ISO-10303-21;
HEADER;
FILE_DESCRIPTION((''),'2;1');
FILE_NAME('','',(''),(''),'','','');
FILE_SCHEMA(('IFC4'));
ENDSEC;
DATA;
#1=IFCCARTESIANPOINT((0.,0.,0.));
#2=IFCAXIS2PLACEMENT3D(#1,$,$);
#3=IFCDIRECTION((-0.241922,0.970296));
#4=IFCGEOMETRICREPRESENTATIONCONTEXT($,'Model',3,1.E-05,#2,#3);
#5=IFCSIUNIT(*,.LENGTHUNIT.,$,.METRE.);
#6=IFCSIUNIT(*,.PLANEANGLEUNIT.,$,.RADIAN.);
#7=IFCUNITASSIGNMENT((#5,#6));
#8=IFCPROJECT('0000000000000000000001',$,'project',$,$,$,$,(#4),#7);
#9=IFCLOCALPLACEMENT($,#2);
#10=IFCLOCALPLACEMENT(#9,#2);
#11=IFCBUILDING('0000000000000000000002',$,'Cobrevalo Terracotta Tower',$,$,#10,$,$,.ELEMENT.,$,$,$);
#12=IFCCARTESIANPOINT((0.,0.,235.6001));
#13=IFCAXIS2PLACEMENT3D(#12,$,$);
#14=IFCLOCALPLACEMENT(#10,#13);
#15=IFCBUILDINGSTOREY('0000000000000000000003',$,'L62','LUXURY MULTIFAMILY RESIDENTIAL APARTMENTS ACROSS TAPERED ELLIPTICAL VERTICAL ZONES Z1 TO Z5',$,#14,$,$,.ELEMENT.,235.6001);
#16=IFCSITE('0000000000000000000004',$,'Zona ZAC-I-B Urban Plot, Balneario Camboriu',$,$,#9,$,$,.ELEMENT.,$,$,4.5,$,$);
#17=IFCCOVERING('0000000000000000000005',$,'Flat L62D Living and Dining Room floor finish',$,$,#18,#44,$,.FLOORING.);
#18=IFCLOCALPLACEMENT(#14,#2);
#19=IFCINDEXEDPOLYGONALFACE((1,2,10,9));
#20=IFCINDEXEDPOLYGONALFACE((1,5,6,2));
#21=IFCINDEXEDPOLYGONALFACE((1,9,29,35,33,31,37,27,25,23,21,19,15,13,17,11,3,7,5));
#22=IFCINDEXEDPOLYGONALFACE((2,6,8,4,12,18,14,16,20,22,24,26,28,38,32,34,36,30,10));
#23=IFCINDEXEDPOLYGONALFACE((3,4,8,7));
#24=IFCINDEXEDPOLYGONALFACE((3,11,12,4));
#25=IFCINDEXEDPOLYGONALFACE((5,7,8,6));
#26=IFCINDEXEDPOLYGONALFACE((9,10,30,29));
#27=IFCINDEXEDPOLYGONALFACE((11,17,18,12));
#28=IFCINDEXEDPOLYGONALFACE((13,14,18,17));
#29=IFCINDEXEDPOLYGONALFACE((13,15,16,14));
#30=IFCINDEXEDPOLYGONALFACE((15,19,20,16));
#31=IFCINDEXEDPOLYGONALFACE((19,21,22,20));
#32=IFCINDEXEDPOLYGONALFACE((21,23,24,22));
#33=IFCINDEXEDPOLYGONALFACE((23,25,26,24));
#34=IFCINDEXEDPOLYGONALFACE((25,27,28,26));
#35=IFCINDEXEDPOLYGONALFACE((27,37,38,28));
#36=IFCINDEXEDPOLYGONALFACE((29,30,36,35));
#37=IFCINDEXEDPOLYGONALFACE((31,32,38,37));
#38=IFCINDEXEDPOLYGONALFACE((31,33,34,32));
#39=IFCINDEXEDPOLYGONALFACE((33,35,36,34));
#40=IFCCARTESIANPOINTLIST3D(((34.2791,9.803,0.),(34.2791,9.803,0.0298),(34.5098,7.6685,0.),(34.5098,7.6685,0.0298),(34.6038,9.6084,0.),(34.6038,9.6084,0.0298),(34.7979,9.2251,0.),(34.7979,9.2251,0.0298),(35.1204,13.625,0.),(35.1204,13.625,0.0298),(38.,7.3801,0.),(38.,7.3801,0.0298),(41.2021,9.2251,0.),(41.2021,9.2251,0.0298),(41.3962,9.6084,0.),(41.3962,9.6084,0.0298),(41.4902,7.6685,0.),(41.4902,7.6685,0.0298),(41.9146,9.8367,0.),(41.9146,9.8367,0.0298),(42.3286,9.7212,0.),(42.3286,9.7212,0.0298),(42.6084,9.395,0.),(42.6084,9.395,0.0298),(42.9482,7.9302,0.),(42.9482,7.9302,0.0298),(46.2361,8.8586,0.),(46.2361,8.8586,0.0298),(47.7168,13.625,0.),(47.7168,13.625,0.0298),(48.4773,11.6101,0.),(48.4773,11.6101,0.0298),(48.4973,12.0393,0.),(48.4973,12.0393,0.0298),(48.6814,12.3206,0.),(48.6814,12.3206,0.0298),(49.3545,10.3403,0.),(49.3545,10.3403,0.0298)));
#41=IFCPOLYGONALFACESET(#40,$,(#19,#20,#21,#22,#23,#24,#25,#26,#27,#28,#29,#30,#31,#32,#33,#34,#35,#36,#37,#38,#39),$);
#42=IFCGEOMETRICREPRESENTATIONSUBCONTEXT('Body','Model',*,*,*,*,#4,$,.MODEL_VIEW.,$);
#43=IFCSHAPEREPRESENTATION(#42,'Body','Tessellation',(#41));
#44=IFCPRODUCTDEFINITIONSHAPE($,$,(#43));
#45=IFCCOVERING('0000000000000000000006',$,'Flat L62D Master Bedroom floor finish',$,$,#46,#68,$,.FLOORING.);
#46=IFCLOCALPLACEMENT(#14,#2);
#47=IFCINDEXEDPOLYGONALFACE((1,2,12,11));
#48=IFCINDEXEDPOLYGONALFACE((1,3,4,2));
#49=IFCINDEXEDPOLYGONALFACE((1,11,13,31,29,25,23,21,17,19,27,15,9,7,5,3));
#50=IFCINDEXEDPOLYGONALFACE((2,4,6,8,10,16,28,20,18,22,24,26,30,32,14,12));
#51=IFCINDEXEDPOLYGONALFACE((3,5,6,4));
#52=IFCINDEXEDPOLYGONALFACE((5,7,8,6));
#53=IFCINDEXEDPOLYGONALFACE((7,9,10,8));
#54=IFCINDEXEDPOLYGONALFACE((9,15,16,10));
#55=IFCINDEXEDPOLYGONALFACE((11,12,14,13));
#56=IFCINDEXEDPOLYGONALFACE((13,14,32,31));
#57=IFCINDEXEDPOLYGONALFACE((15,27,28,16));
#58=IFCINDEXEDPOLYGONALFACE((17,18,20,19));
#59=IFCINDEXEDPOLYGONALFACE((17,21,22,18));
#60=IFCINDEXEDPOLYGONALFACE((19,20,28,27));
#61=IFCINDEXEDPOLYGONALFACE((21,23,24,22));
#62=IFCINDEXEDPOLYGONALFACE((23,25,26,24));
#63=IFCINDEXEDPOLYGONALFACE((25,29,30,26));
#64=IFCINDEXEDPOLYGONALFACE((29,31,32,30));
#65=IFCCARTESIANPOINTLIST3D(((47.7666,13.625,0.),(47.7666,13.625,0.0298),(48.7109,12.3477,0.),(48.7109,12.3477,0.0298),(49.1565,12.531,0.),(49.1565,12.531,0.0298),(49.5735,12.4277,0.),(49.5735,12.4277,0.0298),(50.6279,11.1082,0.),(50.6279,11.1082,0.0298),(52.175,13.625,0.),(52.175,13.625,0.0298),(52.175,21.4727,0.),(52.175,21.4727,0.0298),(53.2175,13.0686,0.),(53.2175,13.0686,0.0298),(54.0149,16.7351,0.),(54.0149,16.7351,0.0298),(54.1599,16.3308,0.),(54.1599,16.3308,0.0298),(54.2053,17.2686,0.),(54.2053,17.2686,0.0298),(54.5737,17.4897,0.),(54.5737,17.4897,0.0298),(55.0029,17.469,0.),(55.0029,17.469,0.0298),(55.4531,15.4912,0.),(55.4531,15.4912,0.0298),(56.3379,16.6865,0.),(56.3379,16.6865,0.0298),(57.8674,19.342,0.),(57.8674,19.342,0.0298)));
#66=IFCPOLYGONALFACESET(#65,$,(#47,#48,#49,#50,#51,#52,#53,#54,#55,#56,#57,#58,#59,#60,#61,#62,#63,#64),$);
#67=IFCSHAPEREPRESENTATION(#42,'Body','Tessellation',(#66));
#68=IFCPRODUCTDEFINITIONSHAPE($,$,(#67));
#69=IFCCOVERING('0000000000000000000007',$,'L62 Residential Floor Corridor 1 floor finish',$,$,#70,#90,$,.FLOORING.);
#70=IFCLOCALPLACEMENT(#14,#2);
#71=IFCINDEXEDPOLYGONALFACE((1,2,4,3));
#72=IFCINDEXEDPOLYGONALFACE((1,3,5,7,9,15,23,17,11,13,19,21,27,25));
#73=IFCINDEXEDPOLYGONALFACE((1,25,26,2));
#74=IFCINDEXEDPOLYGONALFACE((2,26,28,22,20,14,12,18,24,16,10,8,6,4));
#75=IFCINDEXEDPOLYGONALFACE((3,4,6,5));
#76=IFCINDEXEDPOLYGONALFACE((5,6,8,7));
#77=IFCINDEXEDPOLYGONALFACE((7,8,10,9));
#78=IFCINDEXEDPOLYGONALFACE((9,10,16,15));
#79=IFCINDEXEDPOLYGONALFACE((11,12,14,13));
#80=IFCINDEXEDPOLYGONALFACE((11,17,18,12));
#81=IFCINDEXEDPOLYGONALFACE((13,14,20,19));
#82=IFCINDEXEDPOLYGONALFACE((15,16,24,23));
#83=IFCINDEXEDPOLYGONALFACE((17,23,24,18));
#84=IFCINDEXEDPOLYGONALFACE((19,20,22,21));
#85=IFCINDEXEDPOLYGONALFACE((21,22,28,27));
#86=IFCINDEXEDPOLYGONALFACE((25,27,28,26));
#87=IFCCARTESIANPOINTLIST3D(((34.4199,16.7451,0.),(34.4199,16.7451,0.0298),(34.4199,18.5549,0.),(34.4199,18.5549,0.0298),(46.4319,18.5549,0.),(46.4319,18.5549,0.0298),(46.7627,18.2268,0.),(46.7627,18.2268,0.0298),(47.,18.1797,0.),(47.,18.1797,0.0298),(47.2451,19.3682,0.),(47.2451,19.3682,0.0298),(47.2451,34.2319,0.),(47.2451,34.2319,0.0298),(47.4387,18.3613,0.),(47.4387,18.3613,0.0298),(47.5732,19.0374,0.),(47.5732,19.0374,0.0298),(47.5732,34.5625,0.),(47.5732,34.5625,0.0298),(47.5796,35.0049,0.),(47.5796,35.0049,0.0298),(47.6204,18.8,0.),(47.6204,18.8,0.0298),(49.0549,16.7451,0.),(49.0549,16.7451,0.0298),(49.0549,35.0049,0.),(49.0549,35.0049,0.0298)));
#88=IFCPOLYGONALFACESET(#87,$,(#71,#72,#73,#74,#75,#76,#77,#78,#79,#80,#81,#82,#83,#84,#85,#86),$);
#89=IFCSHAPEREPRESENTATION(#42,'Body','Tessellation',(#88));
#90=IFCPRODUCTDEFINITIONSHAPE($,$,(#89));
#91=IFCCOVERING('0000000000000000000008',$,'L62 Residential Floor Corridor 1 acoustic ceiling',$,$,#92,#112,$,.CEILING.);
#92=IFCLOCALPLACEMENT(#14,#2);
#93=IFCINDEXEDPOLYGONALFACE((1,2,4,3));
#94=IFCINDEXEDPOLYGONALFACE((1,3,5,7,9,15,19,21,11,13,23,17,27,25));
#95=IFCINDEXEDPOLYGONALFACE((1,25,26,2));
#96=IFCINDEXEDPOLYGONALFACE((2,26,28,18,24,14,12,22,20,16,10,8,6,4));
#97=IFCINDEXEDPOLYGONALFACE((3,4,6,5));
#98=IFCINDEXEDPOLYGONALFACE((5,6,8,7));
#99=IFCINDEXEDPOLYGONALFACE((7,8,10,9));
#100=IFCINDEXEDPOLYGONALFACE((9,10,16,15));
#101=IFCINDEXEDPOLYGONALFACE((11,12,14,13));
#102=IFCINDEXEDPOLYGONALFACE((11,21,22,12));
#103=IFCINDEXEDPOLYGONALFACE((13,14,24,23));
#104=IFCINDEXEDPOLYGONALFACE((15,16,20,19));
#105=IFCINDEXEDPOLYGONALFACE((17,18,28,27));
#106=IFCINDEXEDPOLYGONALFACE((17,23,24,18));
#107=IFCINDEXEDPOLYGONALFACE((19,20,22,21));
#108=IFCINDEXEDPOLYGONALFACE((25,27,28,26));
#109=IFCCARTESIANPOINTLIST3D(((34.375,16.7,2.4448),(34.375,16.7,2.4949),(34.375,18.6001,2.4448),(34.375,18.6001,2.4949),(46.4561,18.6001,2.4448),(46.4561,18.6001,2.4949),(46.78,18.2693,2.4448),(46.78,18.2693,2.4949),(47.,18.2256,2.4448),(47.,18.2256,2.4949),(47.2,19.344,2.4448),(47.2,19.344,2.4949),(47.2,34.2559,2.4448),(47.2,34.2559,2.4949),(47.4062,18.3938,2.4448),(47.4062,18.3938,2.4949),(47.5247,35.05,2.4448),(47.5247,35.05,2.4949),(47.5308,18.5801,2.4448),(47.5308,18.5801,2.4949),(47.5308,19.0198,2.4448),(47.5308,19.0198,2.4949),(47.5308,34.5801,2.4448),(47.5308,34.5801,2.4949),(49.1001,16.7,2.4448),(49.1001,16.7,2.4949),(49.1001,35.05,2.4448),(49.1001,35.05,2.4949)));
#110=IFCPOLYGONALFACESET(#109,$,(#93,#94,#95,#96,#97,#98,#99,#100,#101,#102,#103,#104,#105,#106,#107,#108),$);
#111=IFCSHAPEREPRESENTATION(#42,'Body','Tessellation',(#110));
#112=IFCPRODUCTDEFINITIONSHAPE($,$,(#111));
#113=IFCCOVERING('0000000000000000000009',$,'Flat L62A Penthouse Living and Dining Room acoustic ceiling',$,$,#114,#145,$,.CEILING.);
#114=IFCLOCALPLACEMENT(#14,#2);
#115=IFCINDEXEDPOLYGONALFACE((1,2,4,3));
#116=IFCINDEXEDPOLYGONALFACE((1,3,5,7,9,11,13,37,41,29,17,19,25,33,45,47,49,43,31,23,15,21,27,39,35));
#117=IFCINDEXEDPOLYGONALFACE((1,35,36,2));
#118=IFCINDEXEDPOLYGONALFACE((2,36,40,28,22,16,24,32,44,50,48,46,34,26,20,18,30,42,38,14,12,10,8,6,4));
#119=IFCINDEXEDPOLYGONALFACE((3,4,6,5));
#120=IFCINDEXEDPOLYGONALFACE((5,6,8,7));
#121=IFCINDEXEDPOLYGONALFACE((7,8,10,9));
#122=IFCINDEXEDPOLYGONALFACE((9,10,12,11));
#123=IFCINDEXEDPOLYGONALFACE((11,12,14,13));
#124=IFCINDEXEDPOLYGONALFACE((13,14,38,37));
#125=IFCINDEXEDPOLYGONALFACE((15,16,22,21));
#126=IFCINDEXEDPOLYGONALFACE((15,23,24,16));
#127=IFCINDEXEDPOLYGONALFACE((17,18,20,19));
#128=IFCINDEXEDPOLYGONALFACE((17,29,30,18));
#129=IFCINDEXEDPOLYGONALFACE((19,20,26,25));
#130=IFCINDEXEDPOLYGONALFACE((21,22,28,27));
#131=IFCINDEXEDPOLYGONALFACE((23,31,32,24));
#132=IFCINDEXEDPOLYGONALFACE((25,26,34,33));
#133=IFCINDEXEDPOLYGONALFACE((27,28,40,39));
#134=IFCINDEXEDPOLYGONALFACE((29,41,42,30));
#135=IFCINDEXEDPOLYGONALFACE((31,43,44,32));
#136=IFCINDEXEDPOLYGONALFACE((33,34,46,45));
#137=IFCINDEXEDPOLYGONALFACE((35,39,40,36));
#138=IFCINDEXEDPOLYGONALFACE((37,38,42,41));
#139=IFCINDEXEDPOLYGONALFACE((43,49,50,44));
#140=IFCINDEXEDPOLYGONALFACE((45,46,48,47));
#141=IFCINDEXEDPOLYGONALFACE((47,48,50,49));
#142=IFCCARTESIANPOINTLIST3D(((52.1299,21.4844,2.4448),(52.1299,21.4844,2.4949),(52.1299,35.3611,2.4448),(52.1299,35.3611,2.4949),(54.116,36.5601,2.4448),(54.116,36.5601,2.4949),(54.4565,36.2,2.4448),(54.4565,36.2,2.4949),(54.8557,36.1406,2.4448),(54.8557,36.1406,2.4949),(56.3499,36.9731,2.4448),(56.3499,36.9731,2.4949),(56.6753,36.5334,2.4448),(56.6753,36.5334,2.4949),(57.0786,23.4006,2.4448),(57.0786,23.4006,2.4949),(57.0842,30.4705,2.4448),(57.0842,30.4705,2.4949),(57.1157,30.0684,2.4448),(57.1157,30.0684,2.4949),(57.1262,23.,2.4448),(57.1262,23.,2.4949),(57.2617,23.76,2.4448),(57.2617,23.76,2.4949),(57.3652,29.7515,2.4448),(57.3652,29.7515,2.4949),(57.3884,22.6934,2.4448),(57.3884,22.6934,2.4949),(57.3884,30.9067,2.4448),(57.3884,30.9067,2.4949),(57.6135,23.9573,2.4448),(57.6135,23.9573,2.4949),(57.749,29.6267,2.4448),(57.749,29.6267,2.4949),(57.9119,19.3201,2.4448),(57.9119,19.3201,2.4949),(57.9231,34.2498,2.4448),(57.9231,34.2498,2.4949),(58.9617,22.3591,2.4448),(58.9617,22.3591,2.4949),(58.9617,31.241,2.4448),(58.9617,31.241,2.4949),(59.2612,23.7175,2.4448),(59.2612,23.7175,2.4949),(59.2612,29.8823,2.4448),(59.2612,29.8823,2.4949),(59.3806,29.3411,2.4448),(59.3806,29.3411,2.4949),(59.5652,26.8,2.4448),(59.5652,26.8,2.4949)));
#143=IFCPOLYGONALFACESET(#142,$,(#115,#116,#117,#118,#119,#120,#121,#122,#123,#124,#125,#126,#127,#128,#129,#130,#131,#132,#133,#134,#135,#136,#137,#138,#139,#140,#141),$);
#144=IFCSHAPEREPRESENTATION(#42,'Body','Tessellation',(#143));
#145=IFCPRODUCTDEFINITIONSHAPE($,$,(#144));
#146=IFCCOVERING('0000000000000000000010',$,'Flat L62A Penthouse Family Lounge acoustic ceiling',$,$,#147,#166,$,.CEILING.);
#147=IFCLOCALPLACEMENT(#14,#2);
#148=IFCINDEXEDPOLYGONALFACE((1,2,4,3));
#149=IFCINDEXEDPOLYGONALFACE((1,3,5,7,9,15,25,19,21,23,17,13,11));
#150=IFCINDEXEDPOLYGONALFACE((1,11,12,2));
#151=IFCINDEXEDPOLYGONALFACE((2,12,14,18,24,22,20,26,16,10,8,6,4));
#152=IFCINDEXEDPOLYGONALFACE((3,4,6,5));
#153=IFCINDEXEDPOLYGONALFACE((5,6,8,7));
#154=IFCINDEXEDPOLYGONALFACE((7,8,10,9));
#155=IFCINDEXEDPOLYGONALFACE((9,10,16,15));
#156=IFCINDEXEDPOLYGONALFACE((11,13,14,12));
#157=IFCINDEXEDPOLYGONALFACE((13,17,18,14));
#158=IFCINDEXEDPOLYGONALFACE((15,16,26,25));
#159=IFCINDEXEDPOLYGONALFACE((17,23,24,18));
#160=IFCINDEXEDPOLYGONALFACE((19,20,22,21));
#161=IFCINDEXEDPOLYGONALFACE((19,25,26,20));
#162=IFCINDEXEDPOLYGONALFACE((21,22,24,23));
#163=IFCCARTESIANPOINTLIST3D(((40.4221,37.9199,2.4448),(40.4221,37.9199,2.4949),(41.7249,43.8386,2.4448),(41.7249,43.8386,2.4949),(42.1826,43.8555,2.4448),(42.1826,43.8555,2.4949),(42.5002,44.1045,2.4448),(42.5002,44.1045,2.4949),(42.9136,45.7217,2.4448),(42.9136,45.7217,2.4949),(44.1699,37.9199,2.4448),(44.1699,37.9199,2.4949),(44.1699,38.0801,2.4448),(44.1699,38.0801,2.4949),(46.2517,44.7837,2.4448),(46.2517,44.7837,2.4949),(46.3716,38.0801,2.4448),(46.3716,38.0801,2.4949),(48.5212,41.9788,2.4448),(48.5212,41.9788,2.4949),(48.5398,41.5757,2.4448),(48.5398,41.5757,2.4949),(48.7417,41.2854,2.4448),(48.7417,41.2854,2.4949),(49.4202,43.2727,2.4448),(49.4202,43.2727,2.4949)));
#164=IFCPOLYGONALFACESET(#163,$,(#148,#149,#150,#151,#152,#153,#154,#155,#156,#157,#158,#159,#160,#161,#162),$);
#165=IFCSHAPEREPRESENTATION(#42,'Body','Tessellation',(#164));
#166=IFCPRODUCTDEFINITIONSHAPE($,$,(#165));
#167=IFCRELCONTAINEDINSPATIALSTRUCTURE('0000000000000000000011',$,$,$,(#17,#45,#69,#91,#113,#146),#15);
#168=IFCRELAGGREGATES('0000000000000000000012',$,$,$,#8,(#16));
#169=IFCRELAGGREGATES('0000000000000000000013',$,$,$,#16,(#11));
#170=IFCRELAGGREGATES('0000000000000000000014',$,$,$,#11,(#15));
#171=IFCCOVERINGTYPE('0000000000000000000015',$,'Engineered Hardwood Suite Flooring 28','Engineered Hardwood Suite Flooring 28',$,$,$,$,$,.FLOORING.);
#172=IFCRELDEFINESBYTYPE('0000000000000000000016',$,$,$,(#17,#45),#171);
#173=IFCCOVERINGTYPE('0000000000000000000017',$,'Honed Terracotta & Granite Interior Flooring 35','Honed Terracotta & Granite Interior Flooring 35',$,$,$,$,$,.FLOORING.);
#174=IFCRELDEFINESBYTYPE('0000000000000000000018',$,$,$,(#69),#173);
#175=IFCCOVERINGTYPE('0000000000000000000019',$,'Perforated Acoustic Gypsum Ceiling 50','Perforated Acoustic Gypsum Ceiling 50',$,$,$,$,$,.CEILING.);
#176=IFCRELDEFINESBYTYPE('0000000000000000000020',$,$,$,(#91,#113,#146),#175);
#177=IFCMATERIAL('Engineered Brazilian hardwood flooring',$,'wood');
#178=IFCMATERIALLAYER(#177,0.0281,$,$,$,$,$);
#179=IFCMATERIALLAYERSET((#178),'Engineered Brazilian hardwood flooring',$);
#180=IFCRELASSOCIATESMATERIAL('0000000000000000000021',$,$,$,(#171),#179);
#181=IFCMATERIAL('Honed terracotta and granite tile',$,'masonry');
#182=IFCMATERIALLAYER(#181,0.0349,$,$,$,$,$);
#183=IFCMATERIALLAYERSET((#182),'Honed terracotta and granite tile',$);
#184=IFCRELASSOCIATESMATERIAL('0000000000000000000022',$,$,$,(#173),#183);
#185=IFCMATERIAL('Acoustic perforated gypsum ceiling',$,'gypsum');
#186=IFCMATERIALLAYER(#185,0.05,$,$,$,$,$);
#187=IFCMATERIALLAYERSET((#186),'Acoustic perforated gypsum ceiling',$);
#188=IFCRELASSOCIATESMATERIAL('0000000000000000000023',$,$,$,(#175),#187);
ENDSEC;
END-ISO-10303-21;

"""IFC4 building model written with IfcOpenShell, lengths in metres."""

from ifc_helpers import new_model, si_unit, direction, frame, origin, place, context, subcontext, project, spatial, polyline, outline, extrude, material, layer, layer_set, type_object, element, save


model = new_model("IFC4")

# Units and contexts
model_context = context("Model", 3, precision=1e-05, world=origin(), true_north=direction((-0.241922, 0.970296)))
body_context = subcontext(model_context, "Body", "Model", "MODEL_VIEW")
ifc_project = project(units=[si_unit("LENGTHUNIT", "METRE"), si_unit("PLANEANGLEUNIT", "RADIAN")], contexts=[model_context])

# Site, building, storey
site_placement = place(None, origin())
site = spatial("IfcSite", under=ifc_project, at=site_placement, Name="Zona ZAC-I-B Urban Plot, Balneario Camboriu", CompositionType="ELEMENT", RefElevation=4.5)
building_placement = place(site_placement, origin())
building = spatial("IfcBuilding", under=site, at=building_placement, Name="Cobrevalo Terracotta Tower", CompositionType="ELEMENT")
storey_placement = place(building_placement, frame((0.0, 0.0, 235.6001)))
storey = spatial("IfcBuildingStorey", under=building, at=storey_placement, Name="L62", Description="LUXURY MULTIFAMILY RESIDENTIAL APARTMENTS ACROSS TAPERED ELLIPTICAL VERTICAL ZONES Z1 TO Z5", CompositionType="ELEMENT", Elevation=235.6001)

# Coverings
ifc_material_1 = material(Name="Engineered Brazilian hardwood flooring", Category="wood")
ifc_layer_1 = layer(ifc_material_1, 0.0281)
ifc_layer_set_1 = layer_set([ifc_layer_1], Name="Engineered Brazilian hardwood flooring")
covering_type_1 = type_object("IfcCoveringType", Name="Engineered Hardwood Suite Flooring 28", Description="Engineered Hardwood Suite Flooring 28", PredefinedType="FLOORING", material=ifc_layer_set_1)
covering_1_placement = place(storey_placement, origin())
element("IfcCovering", 1, at=covering_1_placement, inside=storey, type_object=covering_type_1, Name="Flat L62D Living and Dining Room floor finish", PredefinedType="FLOORING", context=body_context, shape_type="SweptSolid", body=[
    extrude(outline(polyline([(46.2361, 8.8586), (42.9482, 7.9302), (42.6084, 9.395), (42.3286, 9.7212), (41.9146, 9.8367), (41.3962, 9.6084), (41.2021, 9.2251), (41.4902, 7.6685), (38.0, 7.3801), (34.5098, 7.6685), (34.7979, 9.2251), (34.6038, 9.6084), (34.2791, 9.803), (35.1204, 13.625), (47.7168, 13.625), (48.6814, 12.3206), (48.4973, 12.0393), (48.4773, 11.6101), (49.3545, 10.3403), (46.2361, 8.8586)])), origin(), (0.0, 0.0, 1.0), 0.0298),
])
covering_2_placement = place(storey_placement, origin())
element("IfcCovering", 2, at=covering_2_placement, inside=storey, type_object=covering_type_1, Name="Flat L62D Master Bedroom floor finish", PredefinedType="FLOORING", context=body_context, shape_type="SweptSolid", body=[
    extrude(outline(polyline([(53.2175, 13.0686), (50.6279, 11.1082), (49.5735, 12.4277), (49.1565, 12.531), (48.7109, 12.3477), (47.7666, 13.625), (52.175, 13.625), (52.175, 21.4727), (57.8674, 19.342), (56.3379, 16.6865), (55.0029, 17.469), (54.5737, 17.4897), (54.2053, 17.2686), (54.0149, 16.7351), (54.1599, 16.3308), (55.4531, 15.4912), (53.2175, 13.0686)])), origin(), (0.0, 0.0, 1.0), 0.0298),
])
ifc_material_2 = material(Name="Honed terracotta and granite tile", Category="masonry")
ifc_layer_2 = layer(ifc_material_2, 0.0349)
ifc_layer_set_2 = layer_set([ifc_layer_2], Name="Honed terracotta and granite tile")
covering_type_2 = type_object("IfcCoveringType", Name="Honed Terracotta & Granite Interior Flooring 35", Description="Honed Terracotta & Granite Interior Flooring 35", PredefinedType="FLOORING", material=ifc_layer_set_2)
covering_3_placement = place(storey_placement, origin())
element("IfcCovering", 3, at=covering_3_placement, inside=storey, type_object=covering_type_2, Name="L62 Residential Floor Corridor 1 floor finish", PredefinedType="FLOORING", context=body_context, shape_type="SweptSolid", body=[
    extrude(outline(polyline([(34.4199, 18.5549), (46.4319, 18.5549), (46.7627, 18.2268), (47.0, 18.1797), (47.4387, 18.3613), (47.6204, 18.8), (47.5732, 19.0374), (47.2451, 19.3682), (47.2451, 34.2319), (47.5732, 34.5625), (47.5796, 35.0049), (49.0549, 35.0049), (49.0549, 16.7451), (34.4199, 16.7451), (34.4199, 18.5549)])), origin(), (0.0, 0.0, 1.0), 0.0298),
])
ifc_material_3 = material(Name="Acoustic perforated gypsum ceiling", Category="gypsum")
ifc_layer_3 = layer(ifc_material_3, 0.05)
ifc_layer_set_3 = layer_set([ifc_layer_3], Name="Acoustic perforated gypsum ceiling")
covering_type_3 = type_object("IfcCoveringType", Name="Perforated Acoustic Gypsum Ceiling 50", Description="Perforated Acoustic Gypsum Ceiling 50", PredefinedType="CEILING", material=ifc_layer_set_3)
covering_4_placement = place(storey_placement, frame((0.0, 0.0, 2.4448)))
element("IfcCovering", 4, at=covering_4_placement, inside=storey, type_object=covering_type_3, Name="L62 Residential Floor Corridor 1 acoustic ceiling", PredefinedType="CEILING", context=body_context, shape_type="SweptSolid", body=[
    extrude(outline(polyline([(34.375, 18.6001), (46.4561, 18.6001), (46.78, 18.2693), (47.0, 18.2256), (47.4062, 18.3938), (47.5308, 18.5801), (47.5308, 19.0198), (47.2, 19.344), (47.2, 34.2559), (47.5308, 34.5801), (47.5247, 35.05), (49.1001, 35.05), (49.1001, 16.7), (34.375, 16.7), (34.375, 18.6001)])), origin(), (0.0, 0.0, 1.0), 0.05),
])
covering_5_placement = place(storey_placement, frame((0.0, 0.0, 2.4448)))
element("IfcCovering", 5, at=covering_5_placement, inside=storey, type_object=covering_type_3, Name="Flat L62A Penthouse Living and Dining Room acoustic ceiling", PredefinedType="CEILING", context=body_context, shape_type="SweptSolid", body=[
    extrude(outline(polyline([(54.116, 36.5601), (54.4565, 36.2), (54.8557, 36.1406), (56.3499, 36.9731), (56.6753, 36.5334), (57.9231, 34.2498), (58.9617, 31.241), (57.3884, 30.9067), (57.0842, 30.4705), (57.1157, 30.0684), (57.3652, 29.7515), (57.749, 29.6267), (59.2612, 29.8823), (59.3806, 29.3411), (59.5652, 26.8), (59.2612, 23.7175), (57.6135, 23.9573), (57.2617, 23.76), (57.0786, 23.4006), (57.1262, 23.0), (57.3884, 22.6934), (58.9617, 22.3591), (57.9119, 19.3201), (52.1299, 21.4844), (52.1299, 35.3611), (54.116, 36.5601)])), origin(), (0.0, 0.0, 1.0), 0.05),
])
covering_6_placement = place(storey_placement, frame((0.0, 0.0, 2.4448)))
element("IfcCovering", 6, at=covering_6_placement, inside=storey, type_object=covering_type_3, Name="Flat L62A Penthouse Family Lounge acoustic ceiling", PredefinedType="CEILING", context=body_context, shape_type="SweptSolid", body=[
    extrude(outline(polyline([(44.1699, 37.9199), (40.4221, 37.9199), (41.7249, 43.8386), (42.1826, 43.8555), (42.5002, 44.1045), (42.9136, 45.7217), (46.2517, 44.7837), (49.4202, 43.2727), (48.5212, 41.9788), (48.5398, 41.5757), (48.7417, 41.2854), (46.3716, 38.0801), (44.1699, 38.0801), (44.1699, 37.9199)])), origin(), (0.0, 0.0, 1.0), 0.05),
])

save(model, "model.ifc")
